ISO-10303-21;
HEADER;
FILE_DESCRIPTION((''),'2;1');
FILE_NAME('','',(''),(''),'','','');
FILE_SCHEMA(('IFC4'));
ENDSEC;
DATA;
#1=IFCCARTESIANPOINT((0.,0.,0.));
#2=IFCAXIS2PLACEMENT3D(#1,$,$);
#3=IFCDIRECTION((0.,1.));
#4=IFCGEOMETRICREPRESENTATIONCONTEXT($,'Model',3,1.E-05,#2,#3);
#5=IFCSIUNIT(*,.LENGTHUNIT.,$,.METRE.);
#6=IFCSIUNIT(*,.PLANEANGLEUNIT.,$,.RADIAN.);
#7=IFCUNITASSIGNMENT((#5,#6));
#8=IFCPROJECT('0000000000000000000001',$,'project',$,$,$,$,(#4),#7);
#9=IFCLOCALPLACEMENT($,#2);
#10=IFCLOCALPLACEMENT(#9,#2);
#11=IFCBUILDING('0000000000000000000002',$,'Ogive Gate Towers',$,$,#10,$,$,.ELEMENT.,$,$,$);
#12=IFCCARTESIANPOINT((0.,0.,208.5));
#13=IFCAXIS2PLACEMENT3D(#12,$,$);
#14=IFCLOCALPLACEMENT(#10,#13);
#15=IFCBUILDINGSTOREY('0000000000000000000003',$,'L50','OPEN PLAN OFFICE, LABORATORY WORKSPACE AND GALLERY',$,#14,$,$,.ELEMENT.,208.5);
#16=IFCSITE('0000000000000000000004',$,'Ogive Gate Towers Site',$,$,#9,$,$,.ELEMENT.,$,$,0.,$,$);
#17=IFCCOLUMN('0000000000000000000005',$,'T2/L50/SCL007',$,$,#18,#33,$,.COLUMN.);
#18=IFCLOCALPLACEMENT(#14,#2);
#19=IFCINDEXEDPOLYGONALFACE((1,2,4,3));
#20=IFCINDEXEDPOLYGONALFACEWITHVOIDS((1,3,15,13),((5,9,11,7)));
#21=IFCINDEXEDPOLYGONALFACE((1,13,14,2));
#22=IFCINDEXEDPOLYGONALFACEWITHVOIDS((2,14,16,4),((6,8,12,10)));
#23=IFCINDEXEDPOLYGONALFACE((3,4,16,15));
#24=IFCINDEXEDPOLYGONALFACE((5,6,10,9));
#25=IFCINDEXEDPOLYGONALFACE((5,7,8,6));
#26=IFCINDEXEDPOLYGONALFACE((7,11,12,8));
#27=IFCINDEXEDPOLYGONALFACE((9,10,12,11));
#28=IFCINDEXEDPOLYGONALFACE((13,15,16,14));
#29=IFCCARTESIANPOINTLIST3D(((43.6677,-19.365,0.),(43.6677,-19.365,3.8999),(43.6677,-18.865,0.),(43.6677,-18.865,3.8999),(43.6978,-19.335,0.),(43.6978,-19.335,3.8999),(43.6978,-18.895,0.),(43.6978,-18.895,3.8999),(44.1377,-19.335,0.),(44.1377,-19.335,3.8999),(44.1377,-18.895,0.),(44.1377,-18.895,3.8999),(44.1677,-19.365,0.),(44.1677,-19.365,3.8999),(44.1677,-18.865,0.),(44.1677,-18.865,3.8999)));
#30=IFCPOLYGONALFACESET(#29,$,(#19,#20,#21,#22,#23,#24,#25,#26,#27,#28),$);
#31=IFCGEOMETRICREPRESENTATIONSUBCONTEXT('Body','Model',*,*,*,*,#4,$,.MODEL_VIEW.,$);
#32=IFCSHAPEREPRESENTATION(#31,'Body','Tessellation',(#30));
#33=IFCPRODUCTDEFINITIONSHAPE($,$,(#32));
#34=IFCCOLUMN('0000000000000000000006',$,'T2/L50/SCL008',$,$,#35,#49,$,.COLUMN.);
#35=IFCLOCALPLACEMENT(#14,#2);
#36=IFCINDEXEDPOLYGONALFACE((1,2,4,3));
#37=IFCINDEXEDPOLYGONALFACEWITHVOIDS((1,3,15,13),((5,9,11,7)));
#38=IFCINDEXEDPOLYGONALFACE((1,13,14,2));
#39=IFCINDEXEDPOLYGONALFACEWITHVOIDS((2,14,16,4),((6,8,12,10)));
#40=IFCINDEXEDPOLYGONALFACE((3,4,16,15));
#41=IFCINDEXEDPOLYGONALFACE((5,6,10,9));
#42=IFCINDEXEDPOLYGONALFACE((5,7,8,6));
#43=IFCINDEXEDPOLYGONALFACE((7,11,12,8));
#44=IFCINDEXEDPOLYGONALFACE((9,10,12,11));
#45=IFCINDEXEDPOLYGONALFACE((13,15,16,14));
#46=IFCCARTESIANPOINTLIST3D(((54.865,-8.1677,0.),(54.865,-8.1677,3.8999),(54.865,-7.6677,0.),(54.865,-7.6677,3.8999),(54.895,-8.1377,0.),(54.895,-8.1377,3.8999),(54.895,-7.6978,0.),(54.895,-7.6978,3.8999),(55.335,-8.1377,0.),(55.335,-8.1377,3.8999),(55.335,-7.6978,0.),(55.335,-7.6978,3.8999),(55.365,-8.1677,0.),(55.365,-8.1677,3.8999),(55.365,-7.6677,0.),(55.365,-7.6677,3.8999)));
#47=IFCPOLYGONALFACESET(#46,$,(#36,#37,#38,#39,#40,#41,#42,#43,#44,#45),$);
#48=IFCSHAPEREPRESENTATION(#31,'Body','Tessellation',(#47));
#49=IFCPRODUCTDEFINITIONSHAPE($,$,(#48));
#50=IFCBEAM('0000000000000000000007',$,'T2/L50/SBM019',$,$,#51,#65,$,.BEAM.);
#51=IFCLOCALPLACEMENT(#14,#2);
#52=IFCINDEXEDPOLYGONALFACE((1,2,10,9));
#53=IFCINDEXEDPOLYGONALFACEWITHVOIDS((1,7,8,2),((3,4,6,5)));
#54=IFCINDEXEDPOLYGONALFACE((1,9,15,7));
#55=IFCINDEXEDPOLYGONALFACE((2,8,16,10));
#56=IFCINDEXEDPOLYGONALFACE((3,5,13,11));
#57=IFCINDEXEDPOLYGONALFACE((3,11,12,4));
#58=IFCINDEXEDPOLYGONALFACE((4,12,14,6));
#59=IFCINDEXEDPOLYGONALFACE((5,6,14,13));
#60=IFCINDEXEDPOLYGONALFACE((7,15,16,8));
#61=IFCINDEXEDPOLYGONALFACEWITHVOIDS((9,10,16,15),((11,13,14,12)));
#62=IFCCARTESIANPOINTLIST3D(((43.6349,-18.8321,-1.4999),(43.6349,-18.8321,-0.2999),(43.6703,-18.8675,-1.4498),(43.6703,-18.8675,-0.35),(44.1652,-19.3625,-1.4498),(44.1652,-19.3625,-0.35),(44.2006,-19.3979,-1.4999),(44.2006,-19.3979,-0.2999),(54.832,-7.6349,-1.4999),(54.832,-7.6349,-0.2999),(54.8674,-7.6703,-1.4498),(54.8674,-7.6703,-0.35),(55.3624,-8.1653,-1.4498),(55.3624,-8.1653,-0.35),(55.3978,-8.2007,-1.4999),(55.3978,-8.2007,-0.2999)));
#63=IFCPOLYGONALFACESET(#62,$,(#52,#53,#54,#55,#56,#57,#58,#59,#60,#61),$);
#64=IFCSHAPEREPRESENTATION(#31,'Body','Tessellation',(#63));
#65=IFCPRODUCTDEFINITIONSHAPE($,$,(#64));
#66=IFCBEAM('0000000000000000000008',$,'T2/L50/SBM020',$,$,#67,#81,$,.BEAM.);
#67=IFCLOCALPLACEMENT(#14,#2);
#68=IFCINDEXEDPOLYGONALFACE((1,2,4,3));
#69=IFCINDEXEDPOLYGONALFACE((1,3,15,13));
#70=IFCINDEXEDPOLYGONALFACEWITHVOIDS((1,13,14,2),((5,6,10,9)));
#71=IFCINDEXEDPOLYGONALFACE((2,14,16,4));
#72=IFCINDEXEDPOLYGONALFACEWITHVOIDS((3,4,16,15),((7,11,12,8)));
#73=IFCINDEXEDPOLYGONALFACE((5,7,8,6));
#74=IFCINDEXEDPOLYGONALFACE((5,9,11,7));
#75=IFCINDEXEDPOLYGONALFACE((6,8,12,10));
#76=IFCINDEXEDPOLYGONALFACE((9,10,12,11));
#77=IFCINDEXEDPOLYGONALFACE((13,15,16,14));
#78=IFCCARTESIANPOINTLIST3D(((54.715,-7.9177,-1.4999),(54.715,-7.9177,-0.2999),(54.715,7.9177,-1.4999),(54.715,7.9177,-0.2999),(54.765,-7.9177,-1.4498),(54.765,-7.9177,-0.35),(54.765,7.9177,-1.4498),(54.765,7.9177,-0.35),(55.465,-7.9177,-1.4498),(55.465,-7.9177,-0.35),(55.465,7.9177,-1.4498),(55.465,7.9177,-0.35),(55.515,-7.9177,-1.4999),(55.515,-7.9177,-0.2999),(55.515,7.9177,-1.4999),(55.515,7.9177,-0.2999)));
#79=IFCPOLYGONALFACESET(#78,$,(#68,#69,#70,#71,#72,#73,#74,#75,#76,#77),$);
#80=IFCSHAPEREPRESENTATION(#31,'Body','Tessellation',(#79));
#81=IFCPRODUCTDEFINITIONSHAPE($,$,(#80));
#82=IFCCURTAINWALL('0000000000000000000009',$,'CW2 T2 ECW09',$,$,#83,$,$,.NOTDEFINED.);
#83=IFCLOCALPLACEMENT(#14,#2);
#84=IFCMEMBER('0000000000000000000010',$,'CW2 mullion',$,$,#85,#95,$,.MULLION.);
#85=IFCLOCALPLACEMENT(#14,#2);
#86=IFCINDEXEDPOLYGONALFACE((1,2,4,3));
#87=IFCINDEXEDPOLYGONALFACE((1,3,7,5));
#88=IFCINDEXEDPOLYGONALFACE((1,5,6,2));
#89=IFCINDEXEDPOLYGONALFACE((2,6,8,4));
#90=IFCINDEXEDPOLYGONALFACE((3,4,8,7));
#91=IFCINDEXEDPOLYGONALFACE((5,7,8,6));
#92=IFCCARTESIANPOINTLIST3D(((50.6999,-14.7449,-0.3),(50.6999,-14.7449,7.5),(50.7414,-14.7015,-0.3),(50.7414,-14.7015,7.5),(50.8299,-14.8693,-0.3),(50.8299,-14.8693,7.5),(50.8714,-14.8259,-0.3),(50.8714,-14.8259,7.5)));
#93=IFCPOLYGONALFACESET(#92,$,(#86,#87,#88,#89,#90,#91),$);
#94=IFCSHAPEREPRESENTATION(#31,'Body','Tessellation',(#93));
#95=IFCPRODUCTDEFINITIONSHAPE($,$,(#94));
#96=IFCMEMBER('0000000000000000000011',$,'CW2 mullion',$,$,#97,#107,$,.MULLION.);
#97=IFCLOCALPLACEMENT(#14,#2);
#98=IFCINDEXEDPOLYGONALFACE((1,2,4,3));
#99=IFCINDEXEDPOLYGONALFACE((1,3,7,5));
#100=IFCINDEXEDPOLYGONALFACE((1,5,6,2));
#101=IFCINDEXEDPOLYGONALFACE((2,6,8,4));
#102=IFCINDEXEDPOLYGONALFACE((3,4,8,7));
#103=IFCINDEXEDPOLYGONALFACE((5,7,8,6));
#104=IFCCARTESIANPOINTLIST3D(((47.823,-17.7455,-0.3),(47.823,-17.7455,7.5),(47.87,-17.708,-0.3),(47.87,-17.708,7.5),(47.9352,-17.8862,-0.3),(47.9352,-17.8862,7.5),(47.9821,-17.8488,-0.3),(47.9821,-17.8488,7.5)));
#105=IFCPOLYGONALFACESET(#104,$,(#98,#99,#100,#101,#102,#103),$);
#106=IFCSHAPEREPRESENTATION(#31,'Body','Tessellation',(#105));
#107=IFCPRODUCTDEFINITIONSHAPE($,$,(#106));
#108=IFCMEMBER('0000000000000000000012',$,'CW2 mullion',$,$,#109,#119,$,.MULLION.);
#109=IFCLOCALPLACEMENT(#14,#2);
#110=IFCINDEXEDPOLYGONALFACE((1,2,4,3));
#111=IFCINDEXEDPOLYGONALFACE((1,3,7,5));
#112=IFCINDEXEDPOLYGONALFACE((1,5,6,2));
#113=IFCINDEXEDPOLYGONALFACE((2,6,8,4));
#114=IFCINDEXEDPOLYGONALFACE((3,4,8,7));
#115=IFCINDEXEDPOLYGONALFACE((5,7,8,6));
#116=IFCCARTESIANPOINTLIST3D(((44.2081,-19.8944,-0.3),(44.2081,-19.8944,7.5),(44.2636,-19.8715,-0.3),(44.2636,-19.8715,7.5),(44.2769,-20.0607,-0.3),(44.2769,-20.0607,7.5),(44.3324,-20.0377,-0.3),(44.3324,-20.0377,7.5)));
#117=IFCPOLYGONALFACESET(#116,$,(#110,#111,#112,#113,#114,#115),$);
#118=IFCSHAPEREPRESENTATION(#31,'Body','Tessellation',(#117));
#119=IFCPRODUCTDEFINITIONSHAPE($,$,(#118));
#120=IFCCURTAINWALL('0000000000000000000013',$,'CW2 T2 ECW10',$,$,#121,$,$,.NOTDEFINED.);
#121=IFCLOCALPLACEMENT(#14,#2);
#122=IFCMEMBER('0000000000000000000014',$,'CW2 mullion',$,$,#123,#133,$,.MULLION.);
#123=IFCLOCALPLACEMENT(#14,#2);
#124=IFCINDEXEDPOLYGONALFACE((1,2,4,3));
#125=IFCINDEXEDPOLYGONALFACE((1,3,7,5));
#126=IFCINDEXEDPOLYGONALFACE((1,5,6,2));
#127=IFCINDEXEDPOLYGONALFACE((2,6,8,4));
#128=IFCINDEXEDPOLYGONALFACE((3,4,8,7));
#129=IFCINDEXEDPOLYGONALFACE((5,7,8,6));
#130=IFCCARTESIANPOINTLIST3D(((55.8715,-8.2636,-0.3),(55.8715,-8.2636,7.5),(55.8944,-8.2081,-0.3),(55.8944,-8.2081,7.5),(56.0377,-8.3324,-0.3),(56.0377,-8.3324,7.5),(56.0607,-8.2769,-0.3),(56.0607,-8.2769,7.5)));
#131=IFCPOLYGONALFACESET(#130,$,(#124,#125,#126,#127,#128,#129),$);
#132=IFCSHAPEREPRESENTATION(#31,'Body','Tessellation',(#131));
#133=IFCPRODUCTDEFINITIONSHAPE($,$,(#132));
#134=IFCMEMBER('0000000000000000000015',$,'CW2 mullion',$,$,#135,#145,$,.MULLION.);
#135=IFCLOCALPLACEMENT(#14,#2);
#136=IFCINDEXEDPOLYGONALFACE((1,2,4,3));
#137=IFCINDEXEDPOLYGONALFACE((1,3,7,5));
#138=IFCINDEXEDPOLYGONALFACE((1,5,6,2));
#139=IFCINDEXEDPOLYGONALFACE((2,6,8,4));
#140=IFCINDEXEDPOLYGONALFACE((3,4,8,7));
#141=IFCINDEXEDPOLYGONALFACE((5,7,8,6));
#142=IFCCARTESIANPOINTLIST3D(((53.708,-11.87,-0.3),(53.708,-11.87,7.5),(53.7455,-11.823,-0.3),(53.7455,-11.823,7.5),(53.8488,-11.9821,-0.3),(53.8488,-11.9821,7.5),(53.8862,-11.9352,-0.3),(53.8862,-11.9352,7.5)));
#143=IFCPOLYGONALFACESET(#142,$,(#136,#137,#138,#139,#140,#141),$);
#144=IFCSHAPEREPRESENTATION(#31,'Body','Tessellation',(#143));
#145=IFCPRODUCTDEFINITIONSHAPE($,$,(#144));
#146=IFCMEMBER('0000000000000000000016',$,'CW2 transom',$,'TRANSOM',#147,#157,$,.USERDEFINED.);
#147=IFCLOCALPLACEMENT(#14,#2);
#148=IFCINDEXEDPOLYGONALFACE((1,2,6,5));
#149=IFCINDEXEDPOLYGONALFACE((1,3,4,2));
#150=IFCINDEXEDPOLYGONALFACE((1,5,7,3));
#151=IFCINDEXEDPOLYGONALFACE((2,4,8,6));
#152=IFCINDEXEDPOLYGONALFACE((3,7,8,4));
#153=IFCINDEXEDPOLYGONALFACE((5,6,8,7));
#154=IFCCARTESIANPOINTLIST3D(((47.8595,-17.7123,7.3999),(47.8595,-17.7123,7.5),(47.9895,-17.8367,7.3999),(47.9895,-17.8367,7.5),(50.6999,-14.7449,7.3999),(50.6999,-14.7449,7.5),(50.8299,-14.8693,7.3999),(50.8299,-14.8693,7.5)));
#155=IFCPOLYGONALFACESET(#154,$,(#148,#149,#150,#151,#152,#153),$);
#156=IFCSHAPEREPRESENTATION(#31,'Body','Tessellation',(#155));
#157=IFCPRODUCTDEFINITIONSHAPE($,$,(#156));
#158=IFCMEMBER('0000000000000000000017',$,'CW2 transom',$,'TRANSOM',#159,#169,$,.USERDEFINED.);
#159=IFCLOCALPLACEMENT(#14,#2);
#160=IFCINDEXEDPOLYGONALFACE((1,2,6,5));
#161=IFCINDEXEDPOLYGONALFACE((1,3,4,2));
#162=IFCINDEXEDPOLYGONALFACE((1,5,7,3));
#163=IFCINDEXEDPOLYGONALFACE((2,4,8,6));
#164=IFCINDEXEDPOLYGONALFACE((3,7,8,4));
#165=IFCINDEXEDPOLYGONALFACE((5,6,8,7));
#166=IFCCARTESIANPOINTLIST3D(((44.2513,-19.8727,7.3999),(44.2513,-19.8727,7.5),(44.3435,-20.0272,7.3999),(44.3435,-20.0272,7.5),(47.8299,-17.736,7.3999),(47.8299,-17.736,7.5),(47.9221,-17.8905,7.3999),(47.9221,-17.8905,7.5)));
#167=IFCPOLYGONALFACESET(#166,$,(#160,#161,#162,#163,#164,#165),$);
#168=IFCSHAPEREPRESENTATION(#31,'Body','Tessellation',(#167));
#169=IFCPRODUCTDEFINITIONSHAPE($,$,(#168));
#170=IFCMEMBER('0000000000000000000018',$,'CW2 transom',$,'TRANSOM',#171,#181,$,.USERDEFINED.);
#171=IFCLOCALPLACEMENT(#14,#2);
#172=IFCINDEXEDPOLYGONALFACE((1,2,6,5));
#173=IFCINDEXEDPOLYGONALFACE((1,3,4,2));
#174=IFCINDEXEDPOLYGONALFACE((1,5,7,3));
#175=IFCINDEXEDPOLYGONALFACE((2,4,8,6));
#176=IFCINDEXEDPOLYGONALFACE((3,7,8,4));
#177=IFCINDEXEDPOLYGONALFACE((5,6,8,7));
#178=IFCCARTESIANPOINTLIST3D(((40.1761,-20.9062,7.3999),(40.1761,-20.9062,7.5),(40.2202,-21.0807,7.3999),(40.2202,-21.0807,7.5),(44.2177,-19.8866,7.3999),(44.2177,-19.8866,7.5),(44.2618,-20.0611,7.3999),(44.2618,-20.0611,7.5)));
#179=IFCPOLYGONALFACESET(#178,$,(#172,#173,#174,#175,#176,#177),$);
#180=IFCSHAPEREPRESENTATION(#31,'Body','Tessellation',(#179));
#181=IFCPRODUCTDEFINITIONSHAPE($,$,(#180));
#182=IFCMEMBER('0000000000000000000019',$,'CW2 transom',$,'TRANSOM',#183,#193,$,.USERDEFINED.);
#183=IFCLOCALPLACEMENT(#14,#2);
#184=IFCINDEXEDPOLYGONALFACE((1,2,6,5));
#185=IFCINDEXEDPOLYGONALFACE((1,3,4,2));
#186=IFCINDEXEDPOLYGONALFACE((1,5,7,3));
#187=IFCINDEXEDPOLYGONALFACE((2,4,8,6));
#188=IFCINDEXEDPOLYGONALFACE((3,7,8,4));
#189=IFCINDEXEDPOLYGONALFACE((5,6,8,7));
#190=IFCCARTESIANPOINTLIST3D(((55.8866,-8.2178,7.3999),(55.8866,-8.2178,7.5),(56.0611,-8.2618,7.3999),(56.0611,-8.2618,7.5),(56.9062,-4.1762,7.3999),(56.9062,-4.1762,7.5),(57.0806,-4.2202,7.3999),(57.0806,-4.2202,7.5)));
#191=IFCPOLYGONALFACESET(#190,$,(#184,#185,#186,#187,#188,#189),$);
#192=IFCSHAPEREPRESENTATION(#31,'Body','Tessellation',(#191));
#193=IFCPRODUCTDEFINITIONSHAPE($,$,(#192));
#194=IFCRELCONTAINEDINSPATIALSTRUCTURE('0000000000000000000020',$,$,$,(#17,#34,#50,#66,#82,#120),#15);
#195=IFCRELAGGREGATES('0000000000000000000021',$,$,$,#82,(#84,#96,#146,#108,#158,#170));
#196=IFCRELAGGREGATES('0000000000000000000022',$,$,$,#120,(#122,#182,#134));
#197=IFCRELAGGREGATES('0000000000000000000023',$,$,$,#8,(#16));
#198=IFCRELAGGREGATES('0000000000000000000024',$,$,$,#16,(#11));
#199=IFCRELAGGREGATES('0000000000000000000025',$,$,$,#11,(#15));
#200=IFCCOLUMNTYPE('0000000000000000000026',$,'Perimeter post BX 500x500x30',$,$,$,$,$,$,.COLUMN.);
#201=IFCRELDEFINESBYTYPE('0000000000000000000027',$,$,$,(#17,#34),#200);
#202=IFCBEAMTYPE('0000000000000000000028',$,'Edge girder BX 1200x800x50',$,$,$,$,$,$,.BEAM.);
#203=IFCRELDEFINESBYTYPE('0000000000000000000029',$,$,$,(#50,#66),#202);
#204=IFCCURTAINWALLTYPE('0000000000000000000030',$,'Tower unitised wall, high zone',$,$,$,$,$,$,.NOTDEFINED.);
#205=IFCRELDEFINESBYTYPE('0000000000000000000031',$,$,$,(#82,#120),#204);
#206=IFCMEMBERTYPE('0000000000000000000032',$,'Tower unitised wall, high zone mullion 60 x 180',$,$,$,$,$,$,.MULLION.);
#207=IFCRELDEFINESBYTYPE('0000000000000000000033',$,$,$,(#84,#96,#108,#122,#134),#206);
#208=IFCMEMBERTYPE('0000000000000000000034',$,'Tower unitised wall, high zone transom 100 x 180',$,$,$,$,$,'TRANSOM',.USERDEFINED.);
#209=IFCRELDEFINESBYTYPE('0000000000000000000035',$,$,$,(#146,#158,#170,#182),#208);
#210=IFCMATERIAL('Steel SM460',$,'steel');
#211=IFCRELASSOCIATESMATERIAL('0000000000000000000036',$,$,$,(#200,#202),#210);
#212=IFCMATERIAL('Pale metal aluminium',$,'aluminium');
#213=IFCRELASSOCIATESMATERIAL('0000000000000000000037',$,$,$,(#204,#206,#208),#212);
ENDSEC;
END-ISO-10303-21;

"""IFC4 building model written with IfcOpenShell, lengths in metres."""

from ifc_helpers import new_model, si_unit, direction, frame, origin, origin_2d, place, context, subcontext, project, spatial, rectangle, hollow_rectangle, extrude, material, material_profile, profile_set, type_object, element, aggregate, save


model = new_model("IFC4")

# Units and contexts
model_context = context("Model", 3, precision=1e-05, world=origin(), true_north=direction((0.0, 1.0)))
body_context = subcontext(model_context, "Body", "Model", "MODEL_VIEW")
ifc_project = project(units=[si_unit("LENGTHUNIT", "METRE"), si_unit("PLANEANGLEUNIT", "RADIAN")], contexts=[model_context])

# Site, building, storey
site_placement = place(None, origin())
site = spatial("IfcSite", under=ifc_project, at=site_placement, Name="Ogive Gate Towers Site", CompositionType="ELEMENT", RefElevation=0.0)
building_placement = place(site_placement, origin())
building = spatial("IfcBuilding", under=site, at=building_placement, Name="Ogive Gate Towers", CompositionType="ELEMENT")
storey_placement = place(building_placement, frame((0.0, 0.0, 208.5)))
storey = spatial("IfcBuildingStorey", under=building, at=storey_placement, Name="L50", Description="OPEN PLAN OFFICE, LABORATORY WORKSPACE AND GALLERY", CompositionType="ELEMENT", Elevation=208.5)

# Columns
ifc_material_1 = material(Name="Steel SM460", Category="steel")
ifc_material_profile_1 = material_profile(ifc_material_1, hollow_rectangle(XDim=0.5, YDim=0.5, WallThickness=0.03, at=origin_2d()), Name="BX 500x500x30")
ifc_profile_set_1 = profile_set([ifc_material_profile_1], Name="Steel SM460")
column_type = type_object("IfcColumnType", Name="Perimeter post BX 500x500x30", PredefinedType="COLUMN", material=ifc_profile_set_1)
for number, where, z_axis, x_axis, name in (
    (1, (43.9177, -19.115, 0.0), (0.0, 0.0, 1.0), (1.0, 0.0, 0.0), "T2/L50/SCL007"),
    (2, (55.115, -7.9177, 0.0), (0.0, 0.0, 1.0), (1.0, 0.0, 0.0), "T2/L50/SCL008"),
):
    element("IfcColumn", number, at=place(storey_placement, frame(where, z_axis=z_axis, x_axis=x_axis)), inside=storey, type_object=column_type, Name=name, PredefinedType="COLUMN", context=body_context, shape_type="SweptSolid", body=[
        extrude(hollow_rectangle(XDim=0.5, YDim=0.5, WallThickness=0.03, at=origin_2d()), origin(), (0.0, 0.0, 1.0), 3.8999),
    ])

# Beams
ifc_material_profile_2 = material_profile(ifc_material_1, hollow_rectangle(XDim=0.8, YDim=1.2, WallThickness=0.05, at=origin_2d()), Name="BX 1200x800x50")
ifc_profile_set_2 = profile_set([ifc_material_profile_2], Name="Steel SM460")
beam_type = type_object("IfcBeamType", Name="Edge girder BX 1200x800x50", PredefinedType="BEAM", material=ifc_profile_set_2)
beam_1_placement = place(storey_placement, frame((43.9177, -19.115, -0.8999), z_axis=(0.707107, 0.707107, 0.0), x_axis=(-0.707107, 0.707107, 0.0)))
element("IfcBeam", 3, at=beam_1_placement, inside=storey, type_object=beam_type, Name="T2/L50/SBM019", PredefinedType="BEAM", context=body_context, shape_type="SweptSolid", body=[
    extrude(hollow_rectangle(XDim=0.8, YDim=1.2, WallThickness=0.05, at=origin_2d()), origin(), (0.0, 0.0, 1.0), 15.8352),
])
beam_2_placement = place(storey_placement, frame((55.115, -7.9177, -0.8999), z_axis=(0.0, 1.0, 0.0), x_axis=(-1.0, 0.0, 0.0)))
element("IfcBeam", 4, at=beam_2_placement, inside=storey, type_object=beam_type, Name="T2/L50/SBM020", PredefinedType="BEAM", context=body_context, shape_type="SweptSolid", body=[
    extrude(hollow_rectangle(XDim=0.8, YDim=1.2, WallThickness=0.05, at=origin_2d()), origin(), (0.0, 0.0, 1.0), 15.8354),
])

# Curtain walls, members
ifc_material_2 = material(Name="Pale metal aluminium", Category="aluminium")
curtain_wall_type = type_object("IfcCurtainWallType", Name="Tower unitised wall, high zone", PredefinedType="NOTDEFINED", material=ifc_material_2)
curtain_wall_1_placement = place(storey_placement, origin())
curtain_wall_1 = element("IfcCurtainWall", 5, at=curtain_wall_1_placement, inside=storey, type_object=curtain_wall_type, Name="CW2 T2 ECW09", PredefinedType="NOTDEFINED")
ifc_material_profile_3 = material_profile(ifc_material_2, rectangle(XDim=0.1799, YDim=0.0601, at=origin_2d()), Name="60 x 180 aluminium box")
ifc_profile_set_3 = profile_set([ifc_material_profile_3], Name="Pale metal aluminium")
member_type_1 = type_object("IfcMemberType", Name="Tower unitised wall, high zone mullion 60 x 180", PredefinedType="MULLION", material=ifc_profile_set_3)
member_1_placement = place(storey_placement, frame((50.7856, -14.7854, -0.3), z_axis=(0.0, 0.0, 1.0), x_axis=(-0.722376, 0.6915, 0.0)))
member_1 = element("IfcMember", 6, at=member_1_placement, type_object=member_type_1, Name="CW2 mullion", PredefinedType="MULLION", context=body_context, shape_type="SweptSolid", body=[
    extrude(rectangle(XDim=0.1799, YDim=0.0601, at=origin_2d()), origin(), (0.0, 0.0, 1.0), 7.8),
])
member_2_placement = place(storey_placement, frame((47.9026, -17.7971, -0.3), z_axis=(0.0, 0.0, 1.0), x_axis=(-0.623156, 0.782097, 0.0)))
member_2 = element("IfcMember", 7, at=member_2_placement, type_object=member_type_1, Name="CW2 mullion", PredefinedType="MULLION", context=body_context, shape_type="SweptSolid", body=[
    extrude(rectangle(XDim=0.1799, YDim=0.0601, at=origin_2d()), origin(), (0.0, 0.0, 1.0), 7.8),
])
member_3_placement = place(storey_placement, frame((44.2703, -19.9661, -0.3), z_axis=(0.0, 0.0, 1.0), x_axis=(-0.382683, 0.92388, 0.0)))
member_3 = element("IfcMember", 8, at=member_3_placement, type_object=member_type_1, Name="CW2 mullion", PredefinedType="MULLION", context=body_context, shape_type="SweptSolid", body=[
    extrude(rectangle(XDim=0.1799, YDim=0.0601, at=origin_2d()), origin(), (0.0, 0.0, 1.0), 7.8),
])
curtain_wall_2_placement = place(storey_placement, origin())
curtain_wall_2 = element("IfcCurtainWall", 9, at=curtain_wall_2_placement, inside=storey, type_object=curtain_wall_type, Name="CW2 T2 ECW10", PredefinedType="NOTDEFINED")
member_4_placement = place(storey_placement, frame((55.9661, -8.2703, -0.3), z_axis=(0.0, 0.0, 1.0), x_axis=(-0.92388, 0.382683, 0.0)))
member_4 = element("IfcMember", 10, at=member_4_placement, type_object=member_type_1, Name="CW2 mullion", PredefinedType="MULLION", context=body_context, shape_type="SweptSolid", body=[
    extrude(rectangle(XDim=0.1799, YDim=0.0601, at=origin_2d()), origin(), (0.0, 0.0, 1.0), 7.8),
])
member_5_placement = place(storey_placement, frame((53.7971, -11.9026, -0.3), z_axis=(0.0, 0.0, 1.0), x_axis=(-0.782097, 0.623156, 0.0)))
member_5 = element("IfcMember", 11, at=member_5_placement, type_object=member_type_1, Name="CW2 mullion", PredefinedType="MULLION", context=body_context, shape_type="SweptSolid", body=[
    extrude(rectangle(XDim=0.1799, YDim=0.0601, at=origin_2d()), origin(), (0.0, 0.0, 1.0), 7.8),
])

# Members
ifc_material_profile_4 = material_profile(ifc_material_2, rectangle(XDim=0.1799, YDim=0.1001, at=origin_2d()), Name="100 x 180 aluminium box")
ifc_profile_set_4 = profile_set([ifc_material_profile_4], Name="Pale metal aluminium")
member_type_2 = type_object("IfcMemberType", Name="Tower unitised wall, high zone transom 100 x 180", ElementType="TRANSOM", PredefinedType="USERDEFINED", material=ifc_profile_set_4)
member_6_placement = place(storey_placement, frame((50.7649, -14.8071, 7.45), z_axis=(-0.691484, -0.722391, 0.0), x_axis=(0.722391, -0.691484, 0.0)))
member_6 = element("IfcMember", 12, at=member_6_placement, type_object=member_type_2, Name="CW2 transom", ObjectType="TRANSOM", PredefinedType="USERDEFINED", context=body_context, shape_type="SweptSolid", body=[
    extrude(rectangle(XDim=0.1799, YDim=0.1001, at=origin_2d()), origin(), (0.0, 0.0, 1.0), 4.1077),
])
member_7_placement = place(storey_placement, frame((47.876, -17.8132, 7.45), z_axis=(-0.858597, -0.512651, 0.0), x_axis=(0.512651, -0.858597, 0.0)))
member_7 = element("IfcMember", 13, at=member_7_placement, type_object=member_type_2, Name="CW2 transom", ObjectType="TRANSOM", PredefinedType="USERDEFINED", context=body_context, shape_type="SweptSolid", body=[
    extrude(rectangle(XDim=0.1799, YDim=0.1001, at=origin_2d()), origin(), (0.0, 0.0, 1.0), 4.168),
])
member_8_placement = place(storey_placement, frame((44.2397, -19.9739, 7.45), z_axis=(-0.969623, -0.244602, 0.0), x_axis=(0.244602, -0.969623, 0.0)))
member_8 = element("IfcMember", 14, at=member_8_placement, type_object=member_type_2, Name="CW2 transom", ObjectType="TRANSOM", PredefinedType="USERDEFINED", context=body_context, shape_type="SweptSolid", body=[
    extrude(rectangle(XDim=0.1799, YDim=0.1001, at=origin_2d()), origin(), (0.0, 0.0, 1.0), 4.1682),
])
member_9_placement = place(storey_placement, frame((56.9934, -4.1982, 7.45), z_axis=(-0.244602, -0.969623, 0.0), x_axis=(0.969623, -0.244602, 0.0)))
member_9 = element("IfcMember", 15, at=member_9_placement, type_object=member_type_2, Name="CW2 transom", ObjectType="TRANSOM", PredefinedType="USERDEFINED", context=body_context, shape_type="SweptSolid", body=[
    extrude(rectangle(XDim=0.1799, YDim=0.1001, at=origin_2d()), origin(), (0.0, 0.0, 1.0), 4.1682),
])

aggregate(curtain_wall_1, [member_1, member_2, member_6, member_3, member_7, member_8])
aggregate(curtain_wall_2, [member_4, member_9, member_5])

save(model, "model.ifc")
